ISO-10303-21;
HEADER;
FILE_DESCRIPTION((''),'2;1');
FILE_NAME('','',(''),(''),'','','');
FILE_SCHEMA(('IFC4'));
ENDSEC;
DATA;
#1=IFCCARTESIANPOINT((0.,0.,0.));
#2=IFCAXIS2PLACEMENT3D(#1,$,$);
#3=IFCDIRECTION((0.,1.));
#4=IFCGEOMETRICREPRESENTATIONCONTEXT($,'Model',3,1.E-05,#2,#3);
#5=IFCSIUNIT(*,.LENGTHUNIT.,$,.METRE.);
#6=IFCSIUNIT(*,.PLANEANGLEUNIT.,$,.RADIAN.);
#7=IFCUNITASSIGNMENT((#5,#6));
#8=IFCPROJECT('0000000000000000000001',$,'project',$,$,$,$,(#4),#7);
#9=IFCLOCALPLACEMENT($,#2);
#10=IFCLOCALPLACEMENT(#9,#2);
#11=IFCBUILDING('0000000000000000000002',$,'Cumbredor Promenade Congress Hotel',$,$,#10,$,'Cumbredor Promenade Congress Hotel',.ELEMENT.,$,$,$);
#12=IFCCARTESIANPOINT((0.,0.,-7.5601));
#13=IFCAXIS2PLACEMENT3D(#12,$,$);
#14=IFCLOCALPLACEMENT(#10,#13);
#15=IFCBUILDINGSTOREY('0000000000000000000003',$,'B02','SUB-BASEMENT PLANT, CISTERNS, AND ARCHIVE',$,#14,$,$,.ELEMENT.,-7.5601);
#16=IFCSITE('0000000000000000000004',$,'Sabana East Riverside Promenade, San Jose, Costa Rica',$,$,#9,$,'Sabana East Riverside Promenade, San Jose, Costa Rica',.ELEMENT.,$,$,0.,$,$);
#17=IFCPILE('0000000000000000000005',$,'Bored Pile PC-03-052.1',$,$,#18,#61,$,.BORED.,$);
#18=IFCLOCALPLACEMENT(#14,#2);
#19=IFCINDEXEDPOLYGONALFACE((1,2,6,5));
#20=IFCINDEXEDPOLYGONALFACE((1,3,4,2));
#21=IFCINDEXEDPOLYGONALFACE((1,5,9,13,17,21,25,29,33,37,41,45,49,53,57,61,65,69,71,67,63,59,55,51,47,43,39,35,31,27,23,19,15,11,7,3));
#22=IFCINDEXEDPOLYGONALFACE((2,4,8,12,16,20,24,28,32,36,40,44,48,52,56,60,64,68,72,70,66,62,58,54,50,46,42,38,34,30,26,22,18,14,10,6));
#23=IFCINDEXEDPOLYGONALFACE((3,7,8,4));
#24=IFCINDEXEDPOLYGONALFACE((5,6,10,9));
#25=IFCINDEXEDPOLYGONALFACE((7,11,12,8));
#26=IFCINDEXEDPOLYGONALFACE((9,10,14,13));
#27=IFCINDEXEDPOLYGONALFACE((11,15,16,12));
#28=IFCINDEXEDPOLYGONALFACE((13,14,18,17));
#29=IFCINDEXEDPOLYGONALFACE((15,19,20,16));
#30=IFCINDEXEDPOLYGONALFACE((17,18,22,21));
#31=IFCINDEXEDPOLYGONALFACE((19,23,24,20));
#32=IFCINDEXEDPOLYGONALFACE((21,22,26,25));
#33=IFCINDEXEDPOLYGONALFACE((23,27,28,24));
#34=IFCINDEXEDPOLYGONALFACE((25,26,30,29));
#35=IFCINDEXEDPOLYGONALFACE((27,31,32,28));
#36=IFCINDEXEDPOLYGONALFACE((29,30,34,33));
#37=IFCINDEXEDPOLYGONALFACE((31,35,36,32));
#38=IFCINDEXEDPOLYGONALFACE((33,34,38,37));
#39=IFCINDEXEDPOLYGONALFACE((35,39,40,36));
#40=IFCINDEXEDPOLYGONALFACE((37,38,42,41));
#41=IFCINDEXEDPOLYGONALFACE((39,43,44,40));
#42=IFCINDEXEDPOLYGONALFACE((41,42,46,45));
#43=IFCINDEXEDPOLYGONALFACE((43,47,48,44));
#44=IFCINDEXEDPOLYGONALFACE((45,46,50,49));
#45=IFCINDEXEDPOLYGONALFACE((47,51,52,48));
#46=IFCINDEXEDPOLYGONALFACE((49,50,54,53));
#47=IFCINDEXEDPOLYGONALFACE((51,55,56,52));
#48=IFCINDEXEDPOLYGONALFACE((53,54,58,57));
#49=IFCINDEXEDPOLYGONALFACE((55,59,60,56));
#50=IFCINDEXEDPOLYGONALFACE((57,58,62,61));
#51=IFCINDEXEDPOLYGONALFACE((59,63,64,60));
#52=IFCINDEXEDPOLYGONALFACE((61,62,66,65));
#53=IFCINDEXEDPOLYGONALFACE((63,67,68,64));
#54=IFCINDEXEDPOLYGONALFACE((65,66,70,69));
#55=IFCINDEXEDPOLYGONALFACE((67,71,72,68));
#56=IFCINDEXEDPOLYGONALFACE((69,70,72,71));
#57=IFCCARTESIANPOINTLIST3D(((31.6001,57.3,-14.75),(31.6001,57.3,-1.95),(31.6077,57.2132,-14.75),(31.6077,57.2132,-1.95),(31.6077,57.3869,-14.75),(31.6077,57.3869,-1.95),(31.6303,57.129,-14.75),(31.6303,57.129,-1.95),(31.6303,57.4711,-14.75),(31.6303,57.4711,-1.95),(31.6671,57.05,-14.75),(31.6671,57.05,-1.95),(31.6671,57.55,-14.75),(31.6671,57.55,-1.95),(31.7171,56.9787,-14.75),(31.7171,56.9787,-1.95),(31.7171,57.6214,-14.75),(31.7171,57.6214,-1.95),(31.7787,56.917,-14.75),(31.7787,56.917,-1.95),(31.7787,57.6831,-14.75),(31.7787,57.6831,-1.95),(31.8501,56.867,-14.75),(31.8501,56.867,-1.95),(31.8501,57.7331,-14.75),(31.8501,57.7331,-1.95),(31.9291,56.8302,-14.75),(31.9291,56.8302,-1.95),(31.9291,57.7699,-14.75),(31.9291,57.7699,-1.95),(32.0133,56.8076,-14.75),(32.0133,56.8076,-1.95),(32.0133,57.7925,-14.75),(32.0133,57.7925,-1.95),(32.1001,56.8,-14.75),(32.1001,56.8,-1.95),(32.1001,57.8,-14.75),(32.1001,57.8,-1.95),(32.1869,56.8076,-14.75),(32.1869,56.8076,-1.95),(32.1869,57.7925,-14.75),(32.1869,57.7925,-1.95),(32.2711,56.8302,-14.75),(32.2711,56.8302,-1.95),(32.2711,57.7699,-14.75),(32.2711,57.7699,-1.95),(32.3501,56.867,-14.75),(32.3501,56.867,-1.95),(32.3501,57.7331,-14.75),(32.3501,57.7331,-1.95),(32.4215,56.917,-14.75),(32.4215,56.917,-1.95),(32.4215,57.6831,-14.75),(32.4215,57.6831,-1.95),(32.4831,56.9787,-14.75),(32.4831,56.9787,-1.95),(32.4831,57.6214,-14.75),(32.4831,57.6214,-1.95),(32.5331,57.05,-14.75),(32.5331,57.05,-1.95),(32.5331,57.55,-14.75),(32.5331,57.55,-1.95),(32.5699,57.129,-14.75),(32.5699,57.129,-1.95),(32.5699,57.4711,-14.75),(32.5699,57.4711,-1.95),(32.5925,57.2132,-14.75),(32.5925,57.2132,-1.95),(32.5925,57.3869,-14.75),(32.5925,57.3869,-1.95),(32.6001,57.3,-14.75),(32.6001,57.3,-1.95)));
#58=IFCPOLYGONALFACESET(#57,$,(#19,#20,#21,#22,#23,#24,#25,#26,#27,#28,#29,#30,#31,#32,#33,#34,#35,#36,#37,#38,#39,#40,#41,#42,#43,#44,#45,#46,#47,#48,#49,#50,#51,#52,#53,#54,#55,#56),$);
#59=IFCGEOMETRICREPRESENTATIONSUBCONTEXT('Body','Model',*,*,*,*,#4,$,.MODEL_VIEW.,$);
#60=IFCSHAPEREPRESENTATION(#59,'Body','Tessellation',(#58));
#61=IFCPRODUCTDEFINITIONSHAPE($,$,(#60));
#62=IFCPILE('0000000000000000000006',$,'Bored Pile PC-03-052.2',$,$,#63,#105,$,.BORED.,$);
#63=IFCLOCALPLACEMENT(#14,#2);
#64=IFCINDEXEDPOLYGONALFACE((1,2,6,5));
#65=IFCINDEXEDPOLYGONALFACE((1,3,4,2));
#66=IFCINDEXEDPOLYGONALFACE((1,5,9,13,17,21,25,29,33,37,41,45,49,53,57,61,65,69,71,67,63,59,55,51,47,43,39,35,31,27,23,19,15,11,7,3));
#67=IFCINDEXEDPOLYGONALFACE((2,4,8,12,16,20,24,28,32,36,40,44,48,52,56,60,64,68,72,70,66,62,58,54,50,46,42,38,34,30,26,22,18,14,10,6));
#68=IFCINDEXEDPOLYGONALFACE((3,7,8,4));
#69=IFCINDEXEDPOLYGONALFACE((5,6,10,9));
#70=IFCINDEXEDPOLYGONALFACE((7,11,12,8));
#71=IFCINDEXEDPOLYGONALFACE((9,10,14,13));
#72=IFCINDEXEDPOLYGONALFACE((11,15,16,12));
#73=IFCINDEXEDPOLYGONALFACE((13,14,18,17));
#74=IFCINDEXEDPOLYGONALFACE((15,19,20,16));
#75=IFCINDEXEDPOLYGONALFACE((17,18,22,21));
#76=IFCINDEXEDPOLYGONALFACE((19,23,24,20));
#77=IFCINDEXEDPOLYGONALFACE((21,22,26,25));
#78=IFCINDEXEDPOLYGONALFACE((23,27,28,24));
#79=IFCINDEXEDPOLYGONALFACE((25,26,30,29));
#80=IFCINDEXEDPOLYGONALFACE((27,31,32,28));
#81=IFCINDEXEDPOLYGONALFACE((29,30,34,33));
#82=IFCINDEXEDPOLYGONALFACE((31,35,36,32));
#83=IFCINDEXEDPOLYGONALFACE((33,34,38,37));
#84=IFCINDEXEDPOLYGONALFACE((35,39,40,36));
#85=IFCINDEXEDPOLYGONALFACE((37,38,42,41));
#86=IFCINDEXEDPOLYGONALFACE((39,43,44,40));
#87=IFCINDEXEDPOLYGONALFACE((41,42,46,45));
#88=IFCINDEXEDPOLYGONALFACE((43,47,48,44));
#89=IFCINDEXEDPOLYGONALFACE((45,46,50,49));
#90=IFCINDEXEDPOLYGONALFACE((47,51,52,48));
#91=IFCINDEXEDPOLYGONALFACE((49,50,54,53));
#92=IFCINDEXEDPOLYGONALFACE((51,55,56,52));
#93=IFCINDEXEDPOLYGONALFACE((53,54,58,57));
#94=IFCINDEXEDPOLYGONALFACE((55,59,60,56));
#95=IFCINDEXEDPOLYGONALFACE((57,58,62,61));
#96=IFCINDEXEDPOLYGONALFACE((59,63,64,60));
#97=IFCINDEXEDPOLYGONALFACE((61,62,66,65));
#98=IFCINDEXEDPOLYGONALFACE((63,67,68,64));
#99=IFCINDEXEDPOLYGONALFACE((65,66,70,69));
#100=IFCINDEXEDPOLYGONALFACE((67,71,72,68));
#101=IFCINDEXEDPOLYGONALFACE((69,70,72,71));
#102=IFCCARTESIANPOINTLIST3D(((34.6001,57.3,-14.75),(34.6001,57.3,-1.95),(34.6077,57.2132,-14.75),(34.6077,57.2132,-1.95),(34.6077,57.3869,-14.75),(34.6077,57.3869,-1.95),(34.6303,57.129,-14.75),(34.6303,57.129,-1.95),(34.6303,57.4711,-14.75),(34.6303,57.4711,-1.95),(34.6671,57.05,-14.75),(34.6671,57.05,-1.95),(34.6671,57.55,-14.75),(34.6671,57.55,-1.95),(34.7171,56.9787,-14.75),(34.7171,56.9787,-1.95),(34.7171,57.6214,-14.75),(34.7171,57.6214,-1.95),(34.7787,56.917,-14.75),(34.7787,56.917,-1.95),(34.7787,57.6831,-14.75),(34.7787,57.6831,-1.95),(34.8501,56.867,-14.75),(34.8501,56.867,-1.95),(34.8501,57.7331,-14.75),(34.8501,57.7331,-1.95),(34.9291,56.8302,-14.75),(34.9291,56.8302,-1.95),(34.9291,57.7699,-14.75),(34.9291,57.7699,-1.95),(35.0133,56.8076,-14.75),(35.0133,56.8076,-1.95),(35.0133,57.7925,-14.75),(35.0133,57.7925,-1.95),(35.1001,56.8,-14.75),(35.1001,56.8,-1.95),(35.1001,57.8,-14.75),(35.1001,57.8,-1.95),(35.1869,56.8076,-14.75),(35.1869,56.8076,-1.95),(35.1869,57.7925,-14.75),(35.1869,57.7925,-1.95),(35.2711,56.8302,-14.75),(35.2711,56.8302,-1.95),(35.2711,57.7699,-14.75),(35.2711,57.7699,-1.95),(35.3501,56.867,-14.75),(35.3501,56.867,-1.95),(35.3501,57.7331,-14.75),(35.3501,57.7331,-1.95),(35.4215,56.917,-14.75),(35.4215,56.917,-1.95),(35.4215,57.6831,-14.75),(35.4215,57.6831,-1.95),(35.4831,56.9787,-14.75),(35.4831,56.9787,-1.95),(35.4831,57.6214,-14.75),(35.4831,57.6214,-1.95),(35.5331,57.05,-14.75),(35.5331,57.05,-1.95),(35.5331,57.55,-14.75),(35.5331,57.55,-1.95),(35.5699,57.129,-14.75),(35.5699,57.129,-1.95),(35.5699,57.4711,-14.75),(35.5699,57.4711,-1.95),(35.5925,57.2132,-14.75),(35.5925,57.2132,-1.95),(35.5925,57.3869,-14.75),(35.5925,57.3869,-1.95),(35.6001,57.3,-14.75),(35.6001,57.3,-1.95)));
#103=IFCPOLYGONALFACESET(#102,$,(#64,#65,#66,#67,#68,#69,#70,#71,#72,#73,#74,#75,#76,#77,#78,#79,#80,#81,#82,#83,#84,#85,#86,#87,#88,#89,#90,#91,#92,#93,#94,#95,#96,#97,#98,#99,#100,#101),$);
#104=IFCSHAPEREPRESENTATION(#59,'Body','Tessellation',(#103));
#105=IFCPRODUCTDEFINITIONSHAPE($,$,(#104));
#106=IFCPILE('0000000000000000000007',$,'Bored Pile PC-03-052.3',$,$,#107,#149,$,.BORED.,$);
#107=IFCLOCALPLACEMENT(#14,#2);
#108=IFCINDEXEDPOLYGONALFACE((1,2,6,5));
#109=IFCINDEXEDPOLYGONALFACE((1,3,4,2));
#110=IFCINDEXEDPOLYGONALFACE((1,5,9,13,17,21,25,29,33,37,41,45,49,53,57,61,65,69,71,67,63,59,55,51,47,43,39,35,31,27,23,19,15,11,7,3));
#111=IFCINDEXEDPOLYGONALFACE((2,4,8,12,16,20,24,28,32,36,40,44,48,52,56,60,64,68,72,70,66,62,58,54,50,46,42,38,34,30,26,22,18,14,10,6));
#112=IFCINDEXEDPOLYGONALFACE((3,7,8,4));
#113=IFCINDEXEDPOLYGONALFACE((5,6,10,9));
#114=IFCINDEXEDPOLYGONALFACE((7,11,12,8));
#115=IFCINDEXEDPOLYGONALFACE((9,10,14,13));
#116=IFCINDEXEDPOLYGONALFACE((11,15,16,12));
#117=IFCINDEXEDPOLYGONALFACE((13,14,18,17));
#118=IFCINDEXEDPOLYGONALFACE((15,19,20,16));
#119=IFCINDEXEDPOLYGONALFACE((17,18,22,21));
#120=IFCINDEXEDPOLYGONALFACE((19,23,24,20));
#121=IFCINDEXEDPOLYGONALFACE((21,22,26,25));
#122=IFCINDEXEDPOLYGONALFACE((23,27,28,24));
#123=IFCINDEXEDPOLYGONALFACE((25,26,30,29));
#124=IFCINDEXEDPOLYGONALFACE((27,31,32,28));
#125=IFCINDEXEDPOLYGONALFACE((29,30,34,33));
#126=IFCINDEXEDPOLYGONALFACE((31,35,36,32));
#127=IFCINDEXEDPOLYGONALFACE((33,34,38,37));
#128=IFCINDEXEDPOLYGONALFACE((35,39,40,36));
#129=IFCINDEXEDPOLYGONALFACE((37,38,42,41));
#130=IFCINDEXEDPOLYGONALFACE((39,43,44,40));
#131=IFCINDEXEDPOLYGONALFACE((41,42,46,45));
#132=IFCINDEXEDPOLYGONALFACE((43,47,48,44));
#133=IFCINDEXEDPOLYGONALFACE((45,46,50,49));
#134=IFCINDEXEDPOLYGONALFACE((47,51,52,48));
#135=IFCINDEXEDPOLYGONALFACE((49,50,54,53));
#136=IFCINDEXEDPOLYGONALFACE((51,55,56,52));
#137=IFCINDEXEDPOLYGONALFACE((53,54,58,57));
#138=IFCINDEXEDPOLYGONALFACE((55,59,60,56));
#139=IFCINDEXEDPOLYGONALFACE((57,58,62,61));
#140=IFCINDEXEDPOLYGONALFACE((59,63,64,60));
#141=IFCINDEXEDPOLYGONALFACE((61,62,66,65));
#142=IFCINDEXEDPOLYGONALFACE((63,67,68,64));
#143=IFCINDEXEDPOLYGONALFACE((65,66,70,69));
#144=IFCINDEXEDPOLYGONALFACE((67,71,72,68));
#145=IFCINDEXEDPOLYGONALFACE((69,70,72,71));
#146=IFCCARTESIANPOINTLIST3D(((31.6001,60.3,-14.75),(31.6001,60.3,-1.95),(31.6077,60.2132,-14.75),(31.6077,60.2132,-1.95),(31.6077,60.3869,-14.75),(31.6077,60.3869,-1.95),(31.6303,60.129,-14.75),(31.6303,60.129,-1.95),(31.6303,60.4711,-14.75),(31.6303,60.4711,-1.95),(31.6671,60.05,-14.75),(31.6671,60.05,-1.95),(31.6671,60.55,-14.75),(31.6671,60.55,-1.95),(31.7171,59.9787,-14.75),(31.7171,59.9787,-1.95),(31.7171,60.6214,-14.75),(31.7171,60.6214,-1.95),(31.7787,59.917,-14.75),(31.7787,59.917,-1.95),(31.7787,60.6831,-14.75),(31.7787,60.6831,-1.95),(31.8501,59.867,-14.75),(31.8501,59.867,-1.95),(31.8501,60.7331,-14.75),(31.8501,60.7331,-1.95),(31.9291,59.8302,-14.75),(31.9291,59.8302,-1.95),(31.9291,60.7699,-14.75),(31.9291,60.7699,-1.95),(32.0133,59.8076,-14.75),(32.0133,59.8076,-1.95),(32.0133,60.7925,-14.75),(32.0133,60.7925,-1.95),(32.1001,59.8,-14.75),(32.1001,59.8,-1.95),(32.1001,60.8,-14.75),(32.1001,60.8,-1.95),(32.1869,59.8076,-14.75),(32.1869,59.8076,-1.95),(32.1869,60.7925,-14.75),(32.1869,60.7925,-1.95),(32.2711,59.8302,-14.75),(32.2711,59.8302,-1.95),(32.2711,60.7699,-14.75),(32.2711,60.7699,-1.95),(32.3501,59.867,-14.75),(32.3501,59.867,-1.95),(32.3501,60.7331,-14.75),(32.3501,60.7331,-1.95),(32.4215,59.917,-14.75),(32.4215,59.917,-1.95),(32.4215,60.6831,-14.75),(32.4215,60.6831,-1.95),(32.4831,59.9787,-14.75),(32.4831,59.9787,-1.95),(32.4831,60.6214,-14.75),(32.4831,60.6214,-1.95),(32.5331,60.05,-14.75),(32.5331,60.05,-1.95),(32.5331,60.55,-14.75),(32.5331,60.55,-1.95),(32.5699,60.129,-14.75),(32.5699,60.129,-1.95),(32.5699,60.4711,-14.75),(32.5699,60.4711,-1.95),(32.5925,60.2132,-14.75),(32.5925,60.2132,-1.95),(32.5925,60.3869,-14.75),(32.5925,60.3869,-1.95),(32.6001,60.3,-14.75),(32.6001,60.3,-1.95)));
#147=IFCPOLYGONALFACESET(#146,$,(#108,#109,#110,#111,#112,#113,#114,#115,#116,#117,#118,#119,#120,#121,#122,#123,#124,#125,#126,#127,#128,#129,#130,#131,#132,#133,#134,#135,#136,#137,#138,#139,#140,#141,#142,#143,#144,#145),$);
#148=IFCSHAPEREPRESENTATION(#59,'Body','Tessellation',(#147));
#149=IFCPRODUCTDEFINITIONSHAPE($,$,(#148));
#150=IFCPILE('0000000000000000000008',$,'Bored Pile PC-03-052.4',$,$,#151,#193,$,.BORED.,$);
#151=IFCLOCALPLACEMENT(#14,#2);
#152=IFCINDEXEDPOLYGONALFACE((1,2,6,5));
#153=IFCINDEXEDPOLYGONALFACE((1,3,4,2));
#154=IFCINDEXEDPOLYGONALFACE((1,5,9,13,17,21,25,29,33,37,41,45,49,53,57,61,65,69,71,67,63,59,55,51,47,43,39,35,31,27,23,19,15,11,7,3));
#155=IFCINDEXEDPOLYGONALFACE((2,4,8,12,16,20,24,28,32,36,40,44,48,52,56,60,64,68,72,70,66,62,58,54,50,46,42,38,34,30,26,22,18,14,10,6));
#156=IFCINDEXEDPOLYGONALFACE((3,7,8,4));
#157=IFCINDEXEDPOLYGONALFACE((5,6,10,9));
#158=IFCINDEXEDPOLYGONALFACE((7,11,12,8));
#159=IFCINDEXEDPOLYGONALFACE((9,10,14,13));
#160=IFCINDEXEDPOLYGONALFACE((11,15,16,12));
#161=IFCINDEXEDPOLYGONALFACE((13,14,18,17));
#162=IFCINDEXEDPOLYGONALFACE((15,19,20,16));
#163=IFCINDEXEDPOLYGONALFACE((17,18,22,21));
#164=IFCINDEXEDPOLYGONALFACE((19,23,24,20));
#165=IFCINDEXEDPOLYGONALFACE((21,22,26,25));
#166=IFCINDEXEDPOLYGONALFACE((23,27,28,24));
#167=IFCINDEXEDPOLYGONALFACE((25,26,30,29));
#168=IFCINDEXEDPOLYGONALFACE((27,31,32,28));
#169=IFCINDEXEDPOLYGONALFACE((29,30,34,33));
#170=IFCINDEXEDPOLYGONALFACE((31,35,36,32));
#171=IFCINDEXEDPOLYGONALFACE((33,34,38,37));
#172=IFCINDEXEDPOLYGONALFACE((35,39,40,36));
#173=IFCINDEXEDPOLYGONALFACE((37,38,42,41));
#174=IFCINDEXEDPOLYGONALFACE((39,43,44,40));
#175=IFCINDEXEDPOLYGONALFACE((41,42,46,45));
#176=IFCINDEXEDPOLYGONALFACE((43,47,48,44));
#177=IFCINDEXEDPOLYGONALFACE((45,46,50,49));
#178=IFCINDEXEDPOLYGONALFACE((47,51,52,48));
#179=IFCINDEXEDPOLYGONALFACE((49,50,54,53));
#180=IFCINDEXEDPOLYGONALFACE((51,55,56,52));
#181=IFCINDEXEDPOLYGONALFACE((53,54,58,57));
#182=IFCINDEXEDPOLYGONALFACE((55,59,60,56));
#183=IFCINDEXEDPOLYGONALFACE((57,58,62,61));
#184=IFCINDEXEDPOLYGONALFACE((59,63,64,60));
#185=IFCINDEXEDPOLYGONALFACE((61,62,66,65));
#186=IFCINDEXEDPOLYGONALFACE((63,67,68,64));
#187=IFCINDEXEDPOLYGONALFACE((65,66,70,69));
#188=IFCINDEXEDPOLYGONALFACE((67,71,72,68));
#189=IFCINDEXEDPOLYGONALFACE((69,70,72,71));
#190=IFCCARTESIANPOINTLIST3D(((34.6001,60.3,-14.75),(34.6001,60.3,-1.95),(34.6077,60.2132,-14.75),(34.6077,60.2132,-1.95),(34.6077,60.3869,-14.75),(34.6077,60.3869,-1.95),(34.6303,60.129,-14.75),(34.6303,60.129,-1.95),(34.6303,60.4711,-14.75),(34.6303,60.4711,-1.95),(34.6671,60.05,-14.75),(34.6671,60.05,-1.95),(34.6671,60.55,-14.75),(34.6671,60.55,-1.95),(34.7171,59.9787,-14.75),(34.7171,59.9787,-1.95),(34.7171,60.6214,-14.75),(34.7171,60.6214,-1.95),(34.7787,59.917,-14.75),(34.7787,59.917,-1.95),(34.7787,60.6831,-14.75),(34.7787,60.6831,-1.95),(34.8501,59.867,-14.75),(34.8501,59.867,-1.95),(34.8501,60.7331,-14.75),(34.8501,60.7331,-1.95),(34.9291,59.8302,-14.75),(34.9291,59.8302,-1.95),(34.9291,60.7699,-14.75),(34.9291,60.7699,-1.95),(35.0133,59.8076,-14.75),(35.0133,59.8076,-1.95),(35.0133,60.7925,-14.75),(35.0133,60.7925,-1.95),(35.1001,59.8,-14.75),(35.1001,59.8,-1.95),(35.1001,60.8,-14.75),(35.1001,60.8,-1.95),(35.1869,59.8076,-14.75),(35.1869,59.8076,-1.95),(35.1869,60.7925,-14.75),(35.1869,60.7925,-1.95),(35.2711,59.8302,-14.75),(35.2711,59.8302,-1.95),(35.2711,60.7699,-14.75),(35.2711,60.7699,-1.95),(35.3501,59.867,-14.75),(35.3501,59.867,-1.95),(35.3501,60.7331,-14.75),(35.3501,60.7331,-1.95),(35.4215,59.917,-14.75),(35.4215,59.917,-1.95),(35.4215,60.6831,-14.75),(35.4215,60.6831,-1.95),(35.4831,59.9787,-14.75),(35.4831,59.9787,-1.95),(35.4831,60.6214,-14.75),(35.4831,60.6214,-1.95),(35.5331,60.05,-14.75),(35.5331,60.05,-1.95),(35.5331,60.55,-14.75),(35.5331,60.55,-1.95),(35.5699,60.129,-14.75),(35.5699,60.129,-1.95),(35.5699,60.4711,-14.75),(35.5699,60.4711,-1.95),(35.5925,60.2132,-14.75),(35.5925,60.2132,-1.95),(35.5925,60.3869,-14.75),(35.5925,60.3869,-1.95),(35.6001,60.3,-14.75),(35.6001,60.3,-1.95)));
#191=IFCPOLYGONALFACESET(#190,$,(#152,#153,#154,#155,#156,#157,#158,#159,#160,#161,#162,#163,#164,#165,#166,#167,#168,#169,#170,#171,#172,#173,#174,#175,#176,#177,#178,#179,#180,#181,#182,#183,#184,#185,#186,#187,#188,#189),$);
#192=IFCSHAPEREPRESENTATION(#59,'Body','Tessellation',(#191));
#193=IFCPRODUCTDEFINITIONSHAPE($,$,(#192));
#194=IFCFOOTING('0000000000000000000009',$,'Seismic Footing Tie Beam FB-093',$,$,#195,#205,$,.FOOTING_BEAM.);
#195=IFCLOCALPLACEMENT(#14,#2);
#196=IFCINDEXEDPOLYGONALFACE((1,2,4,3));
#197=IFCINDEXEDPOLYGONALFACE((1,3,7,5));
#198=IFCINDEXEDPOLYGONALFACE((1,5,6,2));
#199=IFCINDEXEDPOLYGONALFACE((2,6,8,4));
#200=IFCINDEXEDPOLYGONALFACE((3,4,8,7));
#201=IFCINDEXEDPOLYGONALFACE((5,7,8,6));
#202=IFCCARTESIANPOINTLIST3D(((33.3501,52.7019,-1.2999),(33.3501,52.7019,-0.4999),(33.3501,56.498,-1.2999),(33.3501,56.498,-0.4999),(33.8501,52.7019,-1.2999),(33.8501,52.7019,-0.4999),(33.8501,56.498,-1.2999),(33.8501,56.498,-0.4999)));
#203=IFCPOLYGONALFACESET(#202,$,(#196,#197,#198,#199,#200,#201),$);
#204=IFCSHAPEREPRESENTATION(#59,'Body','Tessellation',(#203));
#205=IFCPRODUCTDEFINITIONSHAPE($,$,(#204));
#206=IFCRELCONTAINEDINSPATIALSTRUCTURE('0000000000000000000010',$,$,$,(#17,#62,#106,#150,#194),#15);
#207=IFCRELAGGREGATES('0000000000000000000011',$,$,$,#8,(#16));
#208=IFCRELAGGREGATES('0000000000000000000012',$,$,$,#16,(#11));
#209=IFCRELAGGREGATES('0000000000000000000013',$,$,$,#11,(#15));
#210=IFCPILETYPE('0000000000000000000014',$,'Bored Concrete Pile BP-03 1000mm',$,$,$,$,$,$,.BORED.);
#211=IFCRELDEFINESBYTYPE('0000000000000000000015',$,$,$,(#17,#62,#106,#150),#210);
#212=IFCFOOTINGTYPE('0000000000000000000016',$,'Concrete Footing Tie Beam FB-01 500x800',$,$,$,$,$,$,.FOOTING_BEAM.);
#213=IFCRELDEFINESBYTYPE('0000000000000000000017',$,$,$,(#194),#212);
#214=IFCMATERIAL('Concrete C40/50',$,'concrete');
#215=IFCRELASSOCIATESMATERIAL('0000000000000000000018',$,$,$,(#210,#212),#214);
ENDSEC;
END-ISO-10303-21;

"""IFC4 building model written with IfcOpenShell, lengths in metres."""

from ifc_helpers import new_model, si_unit, direction, frame, origin, origin_2d, place, context, subcontext, project, spatial, rectangle, circle, extrude, material, material_profile, profile_set, type_object, element, save


model = new_model("IFC4")

# Units and contexts
model_context = context("Model", 3, precision=1e-05, world=origin(), true_north=direction((0.0, 1.0)))
body_context = subcontext(model_context, "Body", "Model", "MODEL_VIEW")
ifc_project = project(units=[si_unit("LENGTHUNIT", "METRE"), si_unit("PLANEANGLEUNIT", "RADIAN")], contexts=[model_context])

# Site, building, storey
site_placement = place(None, origin())
site = spatial("IfcSite", under=ifc_project, at=site_placement, Name="Sabana East Riverside Promenade, San Jose, Costa Rica", LongName="Sabana East Riverside Promenade, San Jose, Costa Rica", CompositionType="ELEMENT", RefElevation=0.0)
building_placement = place(site_placement, origin())
building = spatial("IfcBuilding", under=site, at=building_placement, Name="Cumbredor Promenade Congress Hotel", LongName="Cumbredor Promenade Congress Hotel", CompositionType="ELEMENT")
storey_placement = place(building_placement, frame((0.0, 0.0, -7.5601)))
storey = spatial("IfcBuildingStorey", under=building, at=storey_placement, Name="B02", Description="SUB-BASEMENT PLANT, CISTERNS, AND ARCHIVE", CompositionType="ELEMENT", Elevation=-7.5601)

# Piles
ifc_material_1 = material(Name="Concrete C40/50", Category="concrete")
ifc_material_profile_1 = material_profile(ifc_material_1, circle(Radius=0.5, at=origin_2d()), Name="PILE D1000")
ifc_profile_set_1 = profile_set([ifc_material_profile_1], Name="Concrete C40/50")
pile_type = type_object("IfcPileType", Name="Bored Concrete Pile BP-03 1000mm", PredefinedType="BORED", material=ifc_profile_set_1)
for number, where, z_axis, x_axis, name in (
    (1, (32.1001, 57.3, -1.95), (0.0, 0.0, -1.0), (1.0, 0.0, 0.0), "Bored Pile PC-03-052.1"),
    (2, (35.1001, 57.3, -1.95), (0.0, 0.0, -1.0), (1.0, 0.0, 0.0), "Bored Pile PC-03-052.2"),
    (3, (32.1001, 60.3, -1.95), (0.0, 0.0, -1.0), (1.0, 0.0, 0.0), "Bored Pile PC-03-052.3"),
    (4, (35.1001, 60.3, -1.95), (0.0, 0.0, -1.0), (1.0, 0.0, 0.0), "Bored Pile PC-03-052.4"),
):
    element("IfcPile", number, at=place(storey_placement, frame(where, z_axis=z_axis, x_axis=x_axis)), inside=storey, type_object=pile_type, Name=name, PredefinedType="BORED", context=body_context, shape_type="SweptSolid", body=[
        extrude(circle(Radius=0.5, at=origin_2d()), origin(), (0.0, 0.0, 1.0), 12.8),
    ])

# Footing
ifc_material_profile_2 = material_profile(ifc_material_1, rectangle(XDim=0.5, YDim=0.8, at=origin_2d()), Name="FB 500x800")
ifc_profile_set_2 = profile_set([ifc_material_profile_2], Name="Concrete C40/50")
footing_type_1 = type_object("IfcFootingType", Name="Concrete Footing Tie Beam FB-01 500x800", PredefinedType="FOOTING_BEAM", material=ifc_profile_set_2)
footing_1_placement = place(storey_placement, frame((33.6001, 52.7019, -0.8999), z_axis=(0.0, 1.0, 0.0), x_axis=(-1.0, 0.0, 0.0)))
element("IfcFooting", 5, at=footing_1_placement, inside=storey, type_object=footing_type_1, Name="Seismic Footing Tie Beam FB-093", PredefinedType="FOOTING_BEAM", context=body_context, shape_type="SweptSolid", body=[
    extrude(rectangle(XDim=0.5, YDim=0.8, at=origin_2d()), origin(), (0.0, 0.0, 1.0), 3.7961),
])

save(model, "model.ifc")
